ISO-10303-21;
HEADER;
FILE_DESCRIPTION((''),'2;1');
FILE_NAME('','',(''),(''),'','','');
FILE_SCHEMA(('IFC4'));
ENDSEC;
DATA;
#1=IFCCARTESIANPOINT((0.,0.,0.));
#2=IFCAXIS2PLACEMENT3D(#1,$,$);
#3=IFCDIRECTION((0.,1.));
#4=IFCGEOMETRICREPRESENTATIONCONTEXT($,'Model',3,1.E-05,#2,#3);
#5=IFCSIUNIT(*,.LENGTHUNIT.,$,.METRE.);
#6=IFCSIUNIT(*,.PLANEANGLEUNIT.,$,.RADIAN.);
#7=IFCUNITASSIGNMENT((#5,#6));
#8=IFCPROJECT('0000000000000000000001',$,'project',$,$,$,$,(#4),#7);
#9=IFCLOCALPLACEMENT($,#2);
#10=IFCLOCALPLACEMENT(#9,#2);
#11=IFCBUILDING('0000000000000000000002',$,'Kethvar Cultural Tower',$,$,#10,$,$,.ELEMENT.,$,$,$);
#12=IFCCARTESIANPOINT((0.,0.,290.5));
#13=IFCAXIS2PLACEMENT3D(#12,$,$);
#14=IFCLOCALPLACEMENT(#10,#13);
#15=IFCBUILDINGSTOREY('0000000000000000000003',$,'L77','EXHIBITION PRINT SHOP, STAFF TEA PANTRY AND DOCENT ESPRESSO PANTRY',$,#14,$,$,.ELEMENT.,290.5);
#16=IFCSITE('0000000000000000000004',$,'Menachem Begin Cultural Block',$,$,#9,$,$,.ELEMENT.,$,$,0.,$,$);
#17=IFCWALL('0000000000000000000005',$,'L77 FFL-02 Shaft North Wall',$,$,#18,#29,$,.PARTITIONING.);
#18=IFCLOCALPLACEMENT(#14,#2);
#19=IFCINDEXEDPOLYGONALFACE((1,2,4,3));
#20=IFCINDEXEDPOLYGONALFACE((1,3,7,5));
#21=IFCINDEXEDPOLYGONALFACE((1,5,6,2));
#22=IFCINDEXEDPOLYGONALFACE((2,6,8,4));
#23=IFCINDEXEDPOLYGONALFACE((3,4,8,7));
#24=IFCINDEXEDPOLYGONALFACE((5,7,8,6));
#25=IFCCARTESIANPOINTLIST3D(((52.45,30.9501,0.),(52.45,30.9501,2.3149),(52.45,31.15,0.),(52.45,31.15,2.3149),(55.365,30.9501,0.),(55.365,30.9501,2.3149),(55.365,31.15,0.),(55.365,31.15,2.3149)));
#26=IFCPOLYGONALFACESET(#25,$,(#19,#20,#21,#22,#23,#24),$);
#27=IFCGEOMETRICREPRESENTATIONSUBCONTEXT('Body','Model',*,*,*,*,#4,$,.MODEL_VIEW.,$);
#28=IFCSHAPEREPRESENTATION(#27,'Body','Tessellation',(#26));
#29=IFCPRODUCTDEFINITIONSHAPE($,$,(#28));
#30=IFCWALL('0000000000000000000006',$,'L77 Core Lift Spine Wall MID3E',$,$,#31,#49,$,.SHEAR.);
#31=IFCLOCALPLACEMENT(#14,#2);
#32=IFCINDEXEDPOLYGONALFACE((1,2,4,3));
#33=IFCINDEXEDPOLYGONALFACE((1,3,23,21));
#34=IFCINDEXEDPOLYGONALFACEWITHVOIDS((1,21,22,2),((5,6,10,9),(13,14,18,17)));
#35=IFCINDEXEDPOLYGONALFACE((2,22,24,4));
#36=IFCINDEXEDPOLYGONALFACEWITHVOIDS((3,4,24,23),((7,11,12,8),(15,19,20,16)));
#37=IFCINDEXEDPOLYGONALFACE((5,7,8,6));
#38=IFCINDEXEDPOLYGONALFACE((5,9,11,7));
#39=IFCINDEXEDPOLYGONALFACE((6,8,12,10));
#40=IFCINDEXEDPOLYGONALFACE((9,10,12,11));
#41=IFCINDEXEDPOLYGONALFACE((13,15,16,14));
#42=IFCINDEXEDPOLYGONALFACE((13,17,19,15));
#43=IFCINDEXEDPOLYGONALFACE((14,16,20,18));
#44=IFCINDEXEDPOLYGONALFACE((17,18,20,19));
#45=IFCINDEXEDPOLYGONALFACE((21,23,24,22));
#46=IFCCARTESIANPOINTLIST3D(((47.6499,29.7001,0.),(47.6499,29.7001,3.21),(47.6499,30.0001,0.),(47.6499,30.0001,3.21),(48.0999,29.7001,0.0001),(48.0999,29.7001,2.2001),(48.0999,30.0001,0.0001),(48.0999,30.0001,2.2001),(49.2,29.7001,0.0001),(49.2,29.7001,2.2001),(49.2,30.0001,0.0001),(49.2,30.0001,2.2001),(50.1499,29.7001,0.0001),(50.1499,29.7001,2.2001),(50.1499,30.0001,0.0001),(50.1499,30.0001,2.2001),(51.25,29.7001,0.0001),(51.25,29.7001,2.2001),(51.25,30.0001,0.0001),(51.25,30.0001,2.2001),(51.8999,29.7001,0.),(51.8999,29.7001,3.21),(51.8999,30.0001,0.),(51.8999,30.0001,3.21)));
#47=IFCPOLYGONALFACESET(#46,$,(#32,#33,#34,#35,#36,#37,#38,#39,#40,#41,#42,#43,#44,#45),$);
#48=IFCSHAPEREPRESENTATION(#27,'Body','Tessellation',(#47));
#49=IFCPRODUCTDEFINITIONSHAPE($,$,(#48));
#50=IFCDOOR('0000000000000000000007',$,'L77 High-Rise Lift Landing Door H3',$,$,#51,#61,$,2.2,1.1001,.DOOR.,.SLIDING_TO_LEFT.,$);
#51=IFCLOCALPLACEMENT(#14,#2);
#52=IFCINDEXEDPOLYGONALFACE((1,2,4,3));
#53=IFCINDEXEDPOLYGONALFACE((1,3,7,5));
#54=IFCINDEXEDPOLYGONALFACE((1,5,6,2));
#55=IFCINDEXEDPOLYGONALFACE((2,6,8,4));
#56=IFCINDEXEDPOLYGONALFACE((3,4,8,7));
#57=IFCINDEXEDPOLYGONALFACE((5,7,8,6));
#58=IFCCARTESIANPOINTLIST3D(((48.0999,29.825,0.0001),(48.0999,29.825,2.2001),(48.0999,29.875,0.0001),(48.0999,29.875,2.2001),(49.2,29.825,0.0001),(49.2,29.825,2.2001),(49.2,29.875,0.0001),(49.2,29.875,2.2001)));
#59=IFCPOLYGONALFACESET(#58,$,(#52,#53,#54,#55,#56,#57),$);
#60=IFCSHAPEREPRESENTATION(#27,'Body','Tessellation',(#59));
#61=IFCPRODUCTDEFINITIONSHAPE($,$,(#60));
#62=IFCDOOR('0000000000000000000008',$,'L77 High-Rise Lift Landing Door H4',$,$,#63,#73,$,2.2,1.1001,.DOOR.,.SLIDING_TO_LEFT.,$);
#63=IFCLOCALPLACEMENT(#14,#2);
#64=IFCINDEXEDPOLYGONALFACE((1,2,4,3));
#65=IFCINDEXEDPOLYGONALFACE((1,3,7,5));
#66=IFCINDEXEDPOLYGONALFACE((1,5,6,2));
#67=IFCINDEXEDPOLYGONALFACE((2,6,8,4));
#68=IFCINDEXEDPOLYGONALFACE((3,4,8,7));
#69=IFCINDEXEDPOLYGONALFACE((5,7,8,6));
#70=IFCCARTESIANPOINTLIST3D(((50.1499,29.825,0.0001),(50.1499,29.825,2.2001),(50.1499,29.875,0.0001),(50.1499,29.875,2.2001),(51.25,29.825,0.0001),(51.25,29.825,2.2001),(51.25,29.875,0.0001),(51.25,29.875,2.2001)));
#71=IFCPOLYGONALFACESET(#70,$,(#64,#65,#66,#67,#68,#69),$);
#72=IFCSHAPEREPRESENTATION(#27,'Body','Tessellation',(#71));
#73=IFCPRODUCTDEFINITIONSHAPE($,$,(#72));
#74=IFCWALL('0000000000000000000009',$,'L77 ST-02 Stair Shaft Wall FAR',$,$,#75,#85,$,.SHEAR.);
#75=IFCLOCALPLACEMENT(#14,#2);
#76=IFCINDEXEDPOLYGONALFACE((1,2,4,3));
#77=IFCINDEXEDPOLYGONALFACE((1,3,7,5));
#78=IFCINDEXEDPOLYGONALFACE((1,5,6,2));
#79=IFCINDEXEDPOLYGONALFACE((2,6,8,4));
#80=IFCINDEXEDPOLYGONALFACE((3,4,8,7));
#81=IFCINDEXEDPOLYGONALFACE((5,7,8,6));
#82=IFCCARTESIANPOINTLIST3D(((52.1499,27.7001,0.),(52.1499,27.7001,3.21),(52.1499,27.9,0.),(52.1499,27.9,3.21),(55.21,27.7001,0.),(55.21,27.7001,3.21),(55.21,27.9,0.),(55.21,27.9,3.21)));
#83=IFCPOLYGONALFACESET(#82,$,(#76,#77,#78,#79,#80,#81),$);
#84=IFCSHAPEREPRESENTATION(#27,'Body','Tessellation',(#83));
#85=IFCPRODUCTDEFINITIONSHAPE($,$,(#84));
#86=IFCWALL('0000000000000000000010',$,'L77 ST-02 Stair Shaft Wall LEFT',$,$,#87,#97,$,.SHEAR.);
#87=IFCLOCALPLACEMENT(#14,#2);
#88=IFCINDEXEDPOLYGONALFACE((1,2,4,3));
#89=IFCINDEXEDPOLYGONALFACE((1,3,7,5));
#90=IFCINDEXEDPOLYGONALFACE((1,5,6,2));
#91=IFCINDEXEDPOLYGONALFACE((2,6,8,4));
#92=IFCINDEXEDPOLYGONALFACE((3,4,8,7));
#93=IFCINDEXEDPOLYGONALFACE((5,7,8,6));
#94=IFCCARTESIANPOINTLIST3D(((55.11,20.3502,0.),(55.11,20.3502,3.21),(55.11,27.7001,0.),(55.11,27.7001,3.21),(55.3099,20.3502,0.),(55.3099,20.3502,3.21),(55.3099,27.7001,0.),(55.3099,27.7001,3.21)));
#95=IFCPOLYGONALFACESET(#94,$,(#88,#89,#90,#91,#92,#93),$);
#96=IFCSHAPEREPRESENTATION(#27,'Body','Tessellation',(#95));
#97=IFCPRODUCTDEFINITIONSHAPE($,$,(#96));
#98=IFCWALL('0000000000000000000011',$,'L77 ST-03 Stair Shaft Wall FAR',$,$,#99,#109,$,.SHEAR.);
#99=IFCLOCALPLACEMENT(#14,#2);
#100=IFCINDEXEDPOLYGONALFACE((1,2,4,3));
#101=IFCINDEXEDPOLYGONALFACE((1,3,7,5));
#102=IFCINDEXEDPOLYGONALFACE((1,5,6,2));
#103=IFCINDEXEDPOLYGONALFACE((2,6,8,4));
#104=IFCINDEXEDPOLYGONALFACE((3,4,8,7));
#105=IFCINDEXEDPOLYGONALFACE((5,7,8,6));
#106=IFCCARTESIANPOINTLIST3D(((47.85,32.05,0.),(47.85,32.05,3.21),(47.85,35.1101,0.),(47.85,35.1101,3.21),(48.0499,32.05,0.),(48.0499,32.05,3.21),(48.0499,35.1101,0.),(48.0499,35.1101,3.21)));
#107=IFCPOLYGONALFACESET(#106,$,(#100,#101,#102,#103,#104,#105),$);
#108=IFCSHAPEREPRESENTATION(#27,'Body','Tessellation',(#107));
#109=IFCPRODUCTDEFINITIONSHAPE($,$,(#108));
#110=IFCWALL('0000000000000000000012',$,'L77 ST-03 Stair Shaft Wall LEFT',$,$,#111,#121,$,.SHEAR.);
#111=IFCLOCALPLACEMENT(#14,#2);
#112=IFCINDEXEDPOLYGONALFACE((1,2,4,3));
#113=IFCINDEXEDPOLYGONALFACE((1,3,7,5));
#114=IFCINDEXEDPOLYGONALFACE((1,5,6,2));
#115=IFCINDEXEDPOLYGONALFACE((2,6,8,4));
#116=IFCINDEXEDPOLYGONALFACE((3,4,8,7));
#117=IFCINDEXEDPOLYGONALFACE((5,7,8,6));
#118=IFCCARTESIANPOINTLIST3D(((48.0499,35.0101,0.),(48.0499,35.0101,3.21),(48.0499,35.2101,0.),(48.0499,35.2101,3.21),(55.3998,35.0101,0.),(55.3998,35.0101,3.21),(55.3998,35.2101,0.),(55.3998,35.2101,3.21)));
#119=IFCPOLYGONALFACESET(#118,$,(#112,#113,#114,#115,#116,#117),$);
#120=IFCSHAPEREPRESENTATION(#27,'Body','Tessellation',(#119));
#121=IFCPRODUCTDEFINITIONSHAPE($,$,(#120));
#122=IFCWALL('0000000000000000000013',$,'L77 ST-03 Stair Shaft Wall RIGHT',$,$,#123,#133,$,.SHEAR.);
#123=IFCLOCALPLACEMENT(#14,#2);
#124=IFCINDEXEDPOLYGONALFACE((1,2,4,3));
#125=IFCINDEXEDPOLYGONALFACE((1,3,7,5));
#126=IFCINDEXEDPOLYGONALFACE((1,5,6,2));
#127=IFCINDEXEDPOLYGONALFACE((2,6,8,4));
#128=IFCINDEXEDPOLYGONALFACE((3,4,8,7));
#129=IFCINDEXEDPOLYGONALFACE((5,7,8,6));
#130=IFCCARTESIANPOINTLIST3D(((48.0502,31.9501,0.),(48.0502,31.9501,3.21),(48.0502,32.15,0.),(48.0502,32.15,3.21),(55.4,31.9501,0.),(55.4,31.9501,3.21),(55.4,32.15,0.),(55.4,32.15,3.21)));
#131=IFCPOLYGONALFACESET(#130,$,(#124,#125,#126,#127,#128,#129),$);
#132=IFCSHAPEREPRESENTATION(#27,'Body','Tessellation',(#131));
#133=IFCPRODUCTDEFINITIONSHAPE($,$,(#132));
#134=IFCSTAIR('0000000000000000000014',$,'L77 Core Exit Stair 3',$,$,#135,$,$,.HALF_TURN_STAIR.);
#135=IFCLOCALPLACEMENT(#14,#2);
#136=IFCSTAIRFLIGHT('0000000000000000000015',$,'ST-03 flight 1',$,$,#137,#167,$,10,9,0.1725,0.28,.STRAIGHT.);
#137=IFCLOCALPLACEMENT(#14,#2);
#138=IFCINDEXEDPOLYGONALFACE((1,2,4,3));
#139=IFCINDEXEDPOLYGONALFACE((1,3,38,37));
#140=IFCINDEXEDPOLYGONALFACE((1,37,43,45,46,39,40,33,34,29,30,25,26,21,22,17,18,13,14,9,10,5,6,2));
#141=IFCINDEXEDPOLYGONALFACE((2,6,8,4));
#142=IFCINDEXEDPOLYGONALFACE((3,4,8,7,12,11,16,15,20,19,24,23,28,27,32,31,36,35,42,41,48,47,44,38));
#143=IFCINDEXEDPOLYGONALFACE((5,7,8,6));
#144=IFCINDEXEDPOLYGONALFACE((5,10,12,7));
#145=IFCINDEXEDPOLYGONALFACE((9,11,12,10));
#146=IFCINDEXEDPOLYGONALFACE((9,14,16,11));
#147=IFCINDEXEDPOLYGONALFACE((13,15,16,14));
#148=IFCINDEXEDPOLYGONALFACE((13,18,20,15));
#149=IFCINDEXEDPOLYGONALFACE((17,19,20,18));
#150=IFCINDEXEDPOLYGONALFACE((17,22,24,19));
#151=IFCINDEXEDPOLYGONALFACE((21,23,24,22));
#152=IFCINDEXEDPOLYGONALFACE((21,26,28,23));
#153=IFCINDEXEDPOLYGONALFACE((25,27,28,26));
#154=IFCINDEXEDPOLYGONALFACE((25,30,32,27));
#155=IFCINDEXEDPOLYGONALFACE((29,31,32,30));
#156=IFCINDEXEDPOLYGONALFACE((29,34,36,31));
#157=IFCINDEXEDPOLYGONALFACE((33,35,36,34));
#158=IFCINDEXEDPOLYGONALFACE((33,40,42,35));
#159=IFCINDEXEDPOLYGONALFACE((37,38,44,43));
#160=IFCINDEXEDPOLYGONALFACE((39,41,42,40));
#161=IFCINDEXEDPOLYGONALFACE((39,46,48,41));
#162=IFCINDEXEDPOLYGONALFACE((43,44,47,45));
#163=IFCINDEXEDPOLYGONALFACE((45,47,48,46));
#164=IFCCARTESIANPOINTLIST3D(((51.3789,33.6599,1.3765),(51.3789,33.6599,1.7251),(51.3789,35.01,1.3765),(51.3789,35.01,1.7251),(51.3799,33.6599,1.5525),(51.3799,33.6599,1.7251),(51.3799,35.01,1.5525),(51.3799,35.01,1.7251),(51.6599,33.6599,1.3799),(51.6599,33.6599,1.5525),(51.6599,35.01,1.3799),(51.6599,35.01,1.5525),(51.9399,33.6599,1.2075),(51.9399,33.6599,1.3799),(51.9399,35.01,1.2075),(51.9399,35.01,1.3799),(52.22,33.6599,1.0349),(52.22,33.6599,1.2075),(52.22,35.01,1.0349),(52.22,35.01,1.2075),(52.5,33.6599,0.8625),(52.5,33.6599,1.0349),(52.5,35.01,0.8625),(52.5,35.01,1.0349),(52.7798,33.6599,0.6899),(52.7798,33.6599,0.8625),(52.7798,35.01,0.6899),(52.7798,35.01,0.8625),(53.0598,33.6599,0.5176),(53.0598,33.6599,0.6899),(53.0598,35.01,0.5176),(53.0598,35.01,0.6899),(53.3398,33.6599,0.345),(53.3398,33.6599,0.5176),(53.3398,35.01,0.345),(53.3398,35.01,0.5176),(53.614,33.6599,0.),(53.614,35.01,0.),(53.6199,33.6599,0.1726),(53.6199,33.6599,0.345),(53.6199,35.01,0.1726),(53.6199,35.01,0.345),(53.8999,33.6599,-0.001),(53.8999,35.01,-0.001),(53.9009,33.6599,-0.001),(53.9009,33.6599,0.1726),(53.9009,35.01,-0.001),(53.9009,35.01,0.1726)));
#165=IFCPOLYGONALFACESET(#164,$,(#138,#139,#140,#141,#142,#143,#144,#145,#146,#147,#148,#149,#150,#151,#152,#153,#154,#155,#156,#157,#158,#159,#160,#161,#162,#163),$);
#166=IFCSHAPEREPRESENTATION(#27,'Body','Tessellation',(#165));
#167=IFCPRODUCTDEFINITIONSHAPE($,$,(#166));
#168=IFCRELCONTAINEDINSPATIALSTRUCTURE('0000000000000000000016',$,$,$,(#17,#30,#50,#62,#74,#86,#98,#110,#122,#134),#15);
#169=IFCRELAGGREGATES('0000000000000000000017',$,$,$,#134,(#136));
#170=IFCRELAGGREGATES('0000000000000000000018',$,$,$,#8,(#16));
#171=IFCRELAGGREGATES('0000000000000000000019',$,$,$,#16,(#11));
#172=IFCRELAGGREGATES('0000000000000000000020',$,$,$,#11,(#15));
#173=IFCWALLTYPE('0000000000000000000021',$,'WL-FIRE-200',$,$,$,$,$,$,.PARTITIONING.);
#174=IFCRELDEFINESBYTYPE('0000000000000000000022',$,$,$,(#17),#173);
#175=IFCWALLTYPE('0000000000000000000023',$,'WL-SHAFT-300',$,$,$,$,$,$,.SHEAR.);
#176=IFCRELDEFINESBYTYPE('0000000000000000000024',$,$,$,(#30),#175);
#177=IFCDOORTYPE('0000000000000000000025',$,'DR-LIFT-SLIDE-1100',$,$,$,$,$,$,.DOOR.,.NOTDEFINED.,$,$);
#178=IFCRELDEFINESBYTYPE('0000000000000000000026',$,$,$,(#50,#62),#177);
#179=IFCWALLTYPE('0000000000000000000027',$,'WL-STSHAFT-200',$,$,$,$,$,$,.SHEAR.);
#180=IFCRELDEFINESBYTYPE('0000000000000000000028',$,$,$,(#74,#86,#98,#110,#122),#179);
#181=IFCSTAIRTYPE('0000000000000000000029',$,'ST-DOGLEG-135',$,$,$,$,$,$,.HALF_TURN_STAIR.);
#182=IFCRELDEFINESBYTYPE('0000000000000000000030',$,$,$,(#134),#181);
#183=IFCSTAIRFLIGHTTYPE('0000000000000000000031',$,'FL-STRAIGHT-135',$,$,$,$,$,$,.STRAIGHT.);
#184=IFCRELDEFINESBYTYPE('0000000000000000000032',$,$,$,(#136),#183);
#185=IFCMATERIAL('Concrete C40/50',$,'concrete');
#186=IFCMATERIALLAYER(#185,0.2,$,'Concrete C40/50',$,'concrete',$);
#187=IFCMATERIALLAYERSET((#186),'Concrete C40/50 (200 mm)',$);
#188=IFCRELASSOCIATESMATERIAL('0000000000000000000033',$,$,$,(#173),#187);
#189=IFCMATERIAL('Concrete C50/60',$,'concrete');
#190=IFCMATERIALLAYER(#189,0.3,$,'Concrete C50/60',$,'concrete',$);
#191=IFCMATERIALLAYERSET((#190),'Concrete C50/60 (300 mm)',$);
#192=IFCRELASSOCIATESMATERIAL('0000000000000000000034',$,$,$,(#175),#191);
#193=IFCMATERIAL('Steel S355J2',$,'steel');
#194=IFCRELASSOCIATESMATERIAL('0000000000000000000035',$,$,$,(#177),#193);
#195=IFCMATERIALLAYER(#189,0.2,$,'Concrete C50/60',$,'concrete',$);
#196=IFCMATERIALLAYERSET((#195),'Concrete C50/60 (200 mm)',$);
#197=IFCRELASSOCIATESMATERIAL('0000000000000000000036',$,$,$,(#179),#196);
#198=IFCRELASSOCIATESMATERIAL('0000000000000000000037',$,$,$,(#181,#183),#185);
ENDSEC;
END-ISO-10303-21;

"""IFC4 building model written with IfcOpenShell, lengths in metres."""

from ifc_helpers import new_model, si_unit, direction, frame, frame_2d, origin, place, context, subcontext, project, spatial, polyline, rectangle, outline, extrude, source, transform, mapped, material, layer, layer_set, type_object, element, fill, aggregate, save


model = new_model("IFC4")

# Units and contexts
model_context = context("Model", 3, precision=1e-05, world=origin(), true_north=direction((0.0, 1.0)))
body_context = subcontext(model_context, "Body", "Model", "MODEL_VIEW")
ifc_project = project(units=[si_unit("LENGTHUNIT", "METRE"), si_unit("PLANEANGLEUNIT", "RADIAN")], contexts=[model_context])

# Site, building, storey
site_placement = place(None, origin())
site = spatial("IfcSite", under=ifc_project, at=site_placement, Name="Menachem Begin Cultural Block", CompositionType="ELEMENT", RefElevation=0.0)
building_placement = place(site_placement, origin())
building = spatial("IfcBuilding", under=site, at=building_placement, Name="Kethvar Cultural Tower", CompositionType="ELEMENT")
storey_placement = place(building_placement, frame((0.0, 0.0, 290.5)))
storey = spatial("IfcBuildingStorey", under=building, at=storey_placement, Name="L77", Description="EXHIBITION PRINT SHOP, STAFF TEA PANTRY AND DOCENT ESPRESSO PANTRY", CompositionType="ELEMENT", Elevation=290.5)

# Shared definitions
ifc_material_1 = material(Name="Steel S355J2", Category="steel")

# Wall
ifc_material_2 = material(Name="Concrete C40/50", Category="concrete")
ifc_layer_1 = layer(ifc_material_2, 0.2, Name="Concrete C40/50", Category="concrete")
ifc_layer_set_1 = layer_set([ifc_layer_1], Name="Concrete C40/50 (200 mm)")
wall_type_1 = type_object("IfcWallType", Name="WL-FIRE-200", PredefinedType="PARTITIONING", material=ifc_layer_set_1)
for number, where, z_axis, x_axis, name in (
    (1, (52.45, 31.05, 0.0), (0.0, 0.0, 1.0), (1.0, 0.0, 0.0), "L77 FFL-02 Shaft North Wall"),
):
    element("IfcWall", number, at=place(storey_placement, frame(where, z_axis=z_axis, x_axis=x_axis)), inside=storey, type_object=wall_type_1, Name=name, PredefinedType="PARTITIONING", context=body_context, shape_type="SweptSolid", body=[
        extrude(rectangle(XDim=2.915, YDim=0.2, at=frame_2d((1.4575, 0.0))), origin(), (0.0, 0.0, 1.0), 2.3149),
    ])

# Wall, openings, doors
ifc_material_3 = material(Name="Concrete C50/60", Category="concrete")
ifc_layer_2 = layer(ifc_material_3, 0.3, Name="Concrete C50/60", Category="concrete")
ifc_layer_set_2 = layer_set([ifc_layer_2], Name="Concrete C50/60 (300 mm)")
wall_type_2 = type_object("IfcWallType", Name="WL-SHAFT-300", PredefinedType="SHEAR", material=ifc_layer_set_2)
wall_1_placement = place(storey_placement, frame((47.6499, 29.8501, 0.0), z_axis=(0.0, 0.0, 1.0), x_axis=(1.0, 0.0, 0.0)))
wall_1 = element("IfcWall", 2, at=wall_1_placement, inside=storey, type_object=wall_type_2, Name="L77 Core Lift Spine Wall MID3E", PredefinedType="SHEAR", context=body_context, shape_type="SweptSolid", body=[
    extrude(rectangle(XDim=4.25, YDim=0.3, at=frame_2d((2.125, 0.0))), origin(), (0.0, 0.0, 1.0), 3.21),
])
opening_1_placement = place(wall_1_placement, frame((0.45, 0.0, 0.0)))
opening_1 = element("IfcOpeningElement", 3, at=opening_1_placement, cuts=wall_1, PredefinedType="OPENING", context=body_context, shape_type="SweptSolid", body=[
    extrude(rectangle(XDim=1.1001, YDim=2.2, at=frame_2d((0.55, 1.1001))), frame((0.0, 0.1599, 0.0), z_axis=(0.0, -1.0, 0.0), x_axis=(1.0, 0.0, 0.0)), (0.0, 0.0, 1.0), 0.3201),
])
opening_2_placement = place(wall_1_placement, frame((2.5, 0.0, 0.0)))
opening_2 = element("IfcOpeningElement", 4, at=opening_2_placement, cuts=wall_1, PredefinedType="OPENING", context=body_context, shape_type="SweptSolid", body=[
    extrude(rectangle(XDim=1.1001, YDim=2.2, at=frame_2d((0.55, 1.1001))), frame((0.0, 0.1599, 0.0), z_axis=(0.0, -1.0, 0.0), x_axis=(1.0, 0.0, 0.0)), (0.0, 0.0, 1.0), 0.3201),
])
door_type = type_object("IfcDoorType", Name="DR-LIFT-SLIDE-1100", OperationType="NOTDEFINED", PredefinedType="DOOR", material=ifc_material_1)
shared_shape_1 = source(origin(), body_context, "Body", "SweptSolid", [
    extrude(rectangle(XDim=1.1001, YDim=2.2, at=frame_2d((0.55, 1.1001))), frame((0.0, 0.0249, 0.0), z_axis=(0.0, -1.0, 0.0), x_axis=(1.0, 0.0, 0.0)), (0.0, 0.0, 1.0), 0.05),
])
door_1_placement = place(opening_1_placement, origin())
door_1 = element("IfcDoor", 5, at=door_1_placement, inside=storey, type_object=door_type, Name="L77 High-Rise Lift Landing Door H3", OperationType="SLIDING_TO_LEFT", OverallHeight=2.2, OverallWidth=1.1001, PredefinedType="DOOR", context=body_context, shape_type="MappedRepresentation", body=[
    mapped(shared_shape_1, transform((0.0, 0.0, 0.0), scale=1.0)),
])
fill(opening_1, door_1)
door_2_placement = place(opening_2_placement, origin())
door_2 = element("IfcDoor", 6, at=door_2_placement, inside=storey, type_object=door_type, Name="L77 High-Rise Lift Landing Door H4", OperationType="SLIDING_TO_LEFT", OverallHeight=2.2, OverallWidth=1.1001, PredefinedType="DOOR", context=body_context, shape_type="MappedRepresentation", body=[
    mapped(shared_shape_1, transform((0.0, 0.0, 0.0), scale=1.0)),
])
fill(opening_2, door_2)

# Walls
ifc_layer_3 = layer(ifc_material_3, 0.2, Name="Concrete C50/60", Category="concrete")
ifc_layer_set_3 = layer_set([ifc_layer_3], Name="Concrete C50/60 (200 mm)")
wall_type_3 = type_object("IfcWallType", Name="WL-STSHAFT-200", PredefinedType="SHEAR", material=ifc_layer_set_3)
wall_2_placement = place(storey_placement, frame((52.1499, 27.8, 0.0), z_axis=(0.0, 0.0, 1.0), x_axis=(1.0, 0.0, 0.0)))
element("IfcWall", 7, at=wall_2_placement, inside=storey, type_object=wall_type_3, Name="L77 ST-02 Stair Shaft Wall FAR", PredefinedType="SHEAR", context=body_context, shape_type="SweptSolid", body=[
    extrude(rectangle(XDim=3.0601, YDim=0.2, at=frame_2d((1.53, 0.0))), origin(), (0.0, 0.0, 1.0), 3.21),
])
wall_3_placement = place(storey_placement, frame((55.21, 27.7, 0.0), z_axis=(0.0, 0.0, 1.0), x_axis=(0.0, -1.0, 0.0)))
element("IfcWall", 8, at=wall_3_placement, inside=storey, type_object=wall_type_3, Name="L77 ST-02 Stair Shaft Wall LEFT", PredefinedType="SHEAR", context=body_context, shape_type="SweptSolid", body=[
    extrude(rectangle(XDim=7.3499, YDim=0.2, at=frame_2d((3.6748, 0.0))), origin(), (0.0, 0.0, 1.0), 3.21),
])
wall_4_placement = place(storey_placement, frame((47.95, 32.05, 0.0), z_axis=(0.0, 0.0, 1.0), x_axis=(0.0, 1.0, 0.0)))
element("IfcWall", 9, at=wall_4_placement, inside=storey, type_object=wall_type_3, Name="L77 ST-03 Stair Shaft Wall FAR", PredefinedType="SHEAR", context=body_context, shape_type="SweptSolid", body=[
    extrude(rectangle(XDim=3.0601, YDim=0.2, at=frame_2d((1.53, 0.0))), origin(), (0.0, 0.0, 1.0), 3.21),
])
for number, where, z_axis, x_axis, name in (
    (10, (48.05, 35.1101, 0.0), (0.0, 0.0, 1.0), (1.0, 0.0, 0.0), "L77 ST-03 Stair Shaft Wall LEFT"),
    (11, (55.3999, 32.05, 0.0), (0.0, 0.0, 1.0), (-1.0, 0.0, 0.0), "L77 ST-03 Stair Shaft Wall RIGHT"),
):
    element("IfcWall", number, at=place(storey_placement, frame(where, z_axis=z_axis, x_axis=x_axis)), inside=storey, type_object=wall_type_3, Name=name, PredefinedType="SHEAR", context=body_context, shape_type="SweptSolid", body=[
        extrude(rectangle(XDim=7.3499, YDim=0.2, at=frame_2d((3.6748, 0.0))), origin(), (0.0, 0.0, 1.0), 3.21),
    ])

# Stair, stair flight
stair_type = type_object("IfcStairType", Name="ST-DOGLEG-135", PredefinedType="HALF_TURN_STAIR", material=ifc_material_2)
stair_placement = place(storey_placement, origin())
stair = element("IfcStair", 12, at=stair_placement, inside=storey, type_object=stair_type, Name="L77 Core Exit Stair 3", PredefinedType="HALF_TURN_STAIR")
stair_flight_type = type_object("IfcStairFlightType", Name="FL-STRAIGHT-135", PredefinedType="STRAIGHT", material=ifc_material_2)
stair_flight_1_placement = place(storey_placement, frame((53.8999, 34.335, 0.0), z_axis=(0.0, 0.0, 1.0), x_axis=(-1.0, 0.0, 0.0)))
stair_flight_1 = element("IfcStairFlight", 13, at=stair_flight_1_placement, type_object=stair_flight_type, Name="ST-03 flight 1", NumberOfRisers=10, NumberOfTreads=9, PredefinedType="STRAIGHT", RiserHeight=0.1725, TreadLength=0.28, context=body_context, shape_type="SweptSolid", body=[
    extrude(outline(polyline([(-0.001, -0.001), (-0.001, 0.1726), (0.28, 0.1726), (0.28, 0.345), (0.5601, 0.345), (0.5601, 0.5176), (0.8401, 0.5176), (0.8401, 0.6899), (1.1201, 0.6899), (1.1201, 0.8625), (1.3999, 0.8625), (1.3999, 1.0349), (1.6799, 1.0349), (1.6799, 1.2075), (1.96, 1.2075), (1.96, 1.3799), (2.24, 1.3799), (2.24, 1.5525), (2.52, 1.5525), (2.52, 1.7251), (2.521, 1.7251), (2.521, 1.3765), (0.2859, 0.0), (0.0, -0.001), (-0.001, -0.001)])), frame((0.0, 0.675, 0.0), z_axis=(0.0, -1.0, 0.0), x_axis=(1.0, 0.0, 0.0)), (0.0, 0.0, 1.0), 1.3501),
])
aggregate(stair, [stair_flight_1])

save(model, "model.ifc")
